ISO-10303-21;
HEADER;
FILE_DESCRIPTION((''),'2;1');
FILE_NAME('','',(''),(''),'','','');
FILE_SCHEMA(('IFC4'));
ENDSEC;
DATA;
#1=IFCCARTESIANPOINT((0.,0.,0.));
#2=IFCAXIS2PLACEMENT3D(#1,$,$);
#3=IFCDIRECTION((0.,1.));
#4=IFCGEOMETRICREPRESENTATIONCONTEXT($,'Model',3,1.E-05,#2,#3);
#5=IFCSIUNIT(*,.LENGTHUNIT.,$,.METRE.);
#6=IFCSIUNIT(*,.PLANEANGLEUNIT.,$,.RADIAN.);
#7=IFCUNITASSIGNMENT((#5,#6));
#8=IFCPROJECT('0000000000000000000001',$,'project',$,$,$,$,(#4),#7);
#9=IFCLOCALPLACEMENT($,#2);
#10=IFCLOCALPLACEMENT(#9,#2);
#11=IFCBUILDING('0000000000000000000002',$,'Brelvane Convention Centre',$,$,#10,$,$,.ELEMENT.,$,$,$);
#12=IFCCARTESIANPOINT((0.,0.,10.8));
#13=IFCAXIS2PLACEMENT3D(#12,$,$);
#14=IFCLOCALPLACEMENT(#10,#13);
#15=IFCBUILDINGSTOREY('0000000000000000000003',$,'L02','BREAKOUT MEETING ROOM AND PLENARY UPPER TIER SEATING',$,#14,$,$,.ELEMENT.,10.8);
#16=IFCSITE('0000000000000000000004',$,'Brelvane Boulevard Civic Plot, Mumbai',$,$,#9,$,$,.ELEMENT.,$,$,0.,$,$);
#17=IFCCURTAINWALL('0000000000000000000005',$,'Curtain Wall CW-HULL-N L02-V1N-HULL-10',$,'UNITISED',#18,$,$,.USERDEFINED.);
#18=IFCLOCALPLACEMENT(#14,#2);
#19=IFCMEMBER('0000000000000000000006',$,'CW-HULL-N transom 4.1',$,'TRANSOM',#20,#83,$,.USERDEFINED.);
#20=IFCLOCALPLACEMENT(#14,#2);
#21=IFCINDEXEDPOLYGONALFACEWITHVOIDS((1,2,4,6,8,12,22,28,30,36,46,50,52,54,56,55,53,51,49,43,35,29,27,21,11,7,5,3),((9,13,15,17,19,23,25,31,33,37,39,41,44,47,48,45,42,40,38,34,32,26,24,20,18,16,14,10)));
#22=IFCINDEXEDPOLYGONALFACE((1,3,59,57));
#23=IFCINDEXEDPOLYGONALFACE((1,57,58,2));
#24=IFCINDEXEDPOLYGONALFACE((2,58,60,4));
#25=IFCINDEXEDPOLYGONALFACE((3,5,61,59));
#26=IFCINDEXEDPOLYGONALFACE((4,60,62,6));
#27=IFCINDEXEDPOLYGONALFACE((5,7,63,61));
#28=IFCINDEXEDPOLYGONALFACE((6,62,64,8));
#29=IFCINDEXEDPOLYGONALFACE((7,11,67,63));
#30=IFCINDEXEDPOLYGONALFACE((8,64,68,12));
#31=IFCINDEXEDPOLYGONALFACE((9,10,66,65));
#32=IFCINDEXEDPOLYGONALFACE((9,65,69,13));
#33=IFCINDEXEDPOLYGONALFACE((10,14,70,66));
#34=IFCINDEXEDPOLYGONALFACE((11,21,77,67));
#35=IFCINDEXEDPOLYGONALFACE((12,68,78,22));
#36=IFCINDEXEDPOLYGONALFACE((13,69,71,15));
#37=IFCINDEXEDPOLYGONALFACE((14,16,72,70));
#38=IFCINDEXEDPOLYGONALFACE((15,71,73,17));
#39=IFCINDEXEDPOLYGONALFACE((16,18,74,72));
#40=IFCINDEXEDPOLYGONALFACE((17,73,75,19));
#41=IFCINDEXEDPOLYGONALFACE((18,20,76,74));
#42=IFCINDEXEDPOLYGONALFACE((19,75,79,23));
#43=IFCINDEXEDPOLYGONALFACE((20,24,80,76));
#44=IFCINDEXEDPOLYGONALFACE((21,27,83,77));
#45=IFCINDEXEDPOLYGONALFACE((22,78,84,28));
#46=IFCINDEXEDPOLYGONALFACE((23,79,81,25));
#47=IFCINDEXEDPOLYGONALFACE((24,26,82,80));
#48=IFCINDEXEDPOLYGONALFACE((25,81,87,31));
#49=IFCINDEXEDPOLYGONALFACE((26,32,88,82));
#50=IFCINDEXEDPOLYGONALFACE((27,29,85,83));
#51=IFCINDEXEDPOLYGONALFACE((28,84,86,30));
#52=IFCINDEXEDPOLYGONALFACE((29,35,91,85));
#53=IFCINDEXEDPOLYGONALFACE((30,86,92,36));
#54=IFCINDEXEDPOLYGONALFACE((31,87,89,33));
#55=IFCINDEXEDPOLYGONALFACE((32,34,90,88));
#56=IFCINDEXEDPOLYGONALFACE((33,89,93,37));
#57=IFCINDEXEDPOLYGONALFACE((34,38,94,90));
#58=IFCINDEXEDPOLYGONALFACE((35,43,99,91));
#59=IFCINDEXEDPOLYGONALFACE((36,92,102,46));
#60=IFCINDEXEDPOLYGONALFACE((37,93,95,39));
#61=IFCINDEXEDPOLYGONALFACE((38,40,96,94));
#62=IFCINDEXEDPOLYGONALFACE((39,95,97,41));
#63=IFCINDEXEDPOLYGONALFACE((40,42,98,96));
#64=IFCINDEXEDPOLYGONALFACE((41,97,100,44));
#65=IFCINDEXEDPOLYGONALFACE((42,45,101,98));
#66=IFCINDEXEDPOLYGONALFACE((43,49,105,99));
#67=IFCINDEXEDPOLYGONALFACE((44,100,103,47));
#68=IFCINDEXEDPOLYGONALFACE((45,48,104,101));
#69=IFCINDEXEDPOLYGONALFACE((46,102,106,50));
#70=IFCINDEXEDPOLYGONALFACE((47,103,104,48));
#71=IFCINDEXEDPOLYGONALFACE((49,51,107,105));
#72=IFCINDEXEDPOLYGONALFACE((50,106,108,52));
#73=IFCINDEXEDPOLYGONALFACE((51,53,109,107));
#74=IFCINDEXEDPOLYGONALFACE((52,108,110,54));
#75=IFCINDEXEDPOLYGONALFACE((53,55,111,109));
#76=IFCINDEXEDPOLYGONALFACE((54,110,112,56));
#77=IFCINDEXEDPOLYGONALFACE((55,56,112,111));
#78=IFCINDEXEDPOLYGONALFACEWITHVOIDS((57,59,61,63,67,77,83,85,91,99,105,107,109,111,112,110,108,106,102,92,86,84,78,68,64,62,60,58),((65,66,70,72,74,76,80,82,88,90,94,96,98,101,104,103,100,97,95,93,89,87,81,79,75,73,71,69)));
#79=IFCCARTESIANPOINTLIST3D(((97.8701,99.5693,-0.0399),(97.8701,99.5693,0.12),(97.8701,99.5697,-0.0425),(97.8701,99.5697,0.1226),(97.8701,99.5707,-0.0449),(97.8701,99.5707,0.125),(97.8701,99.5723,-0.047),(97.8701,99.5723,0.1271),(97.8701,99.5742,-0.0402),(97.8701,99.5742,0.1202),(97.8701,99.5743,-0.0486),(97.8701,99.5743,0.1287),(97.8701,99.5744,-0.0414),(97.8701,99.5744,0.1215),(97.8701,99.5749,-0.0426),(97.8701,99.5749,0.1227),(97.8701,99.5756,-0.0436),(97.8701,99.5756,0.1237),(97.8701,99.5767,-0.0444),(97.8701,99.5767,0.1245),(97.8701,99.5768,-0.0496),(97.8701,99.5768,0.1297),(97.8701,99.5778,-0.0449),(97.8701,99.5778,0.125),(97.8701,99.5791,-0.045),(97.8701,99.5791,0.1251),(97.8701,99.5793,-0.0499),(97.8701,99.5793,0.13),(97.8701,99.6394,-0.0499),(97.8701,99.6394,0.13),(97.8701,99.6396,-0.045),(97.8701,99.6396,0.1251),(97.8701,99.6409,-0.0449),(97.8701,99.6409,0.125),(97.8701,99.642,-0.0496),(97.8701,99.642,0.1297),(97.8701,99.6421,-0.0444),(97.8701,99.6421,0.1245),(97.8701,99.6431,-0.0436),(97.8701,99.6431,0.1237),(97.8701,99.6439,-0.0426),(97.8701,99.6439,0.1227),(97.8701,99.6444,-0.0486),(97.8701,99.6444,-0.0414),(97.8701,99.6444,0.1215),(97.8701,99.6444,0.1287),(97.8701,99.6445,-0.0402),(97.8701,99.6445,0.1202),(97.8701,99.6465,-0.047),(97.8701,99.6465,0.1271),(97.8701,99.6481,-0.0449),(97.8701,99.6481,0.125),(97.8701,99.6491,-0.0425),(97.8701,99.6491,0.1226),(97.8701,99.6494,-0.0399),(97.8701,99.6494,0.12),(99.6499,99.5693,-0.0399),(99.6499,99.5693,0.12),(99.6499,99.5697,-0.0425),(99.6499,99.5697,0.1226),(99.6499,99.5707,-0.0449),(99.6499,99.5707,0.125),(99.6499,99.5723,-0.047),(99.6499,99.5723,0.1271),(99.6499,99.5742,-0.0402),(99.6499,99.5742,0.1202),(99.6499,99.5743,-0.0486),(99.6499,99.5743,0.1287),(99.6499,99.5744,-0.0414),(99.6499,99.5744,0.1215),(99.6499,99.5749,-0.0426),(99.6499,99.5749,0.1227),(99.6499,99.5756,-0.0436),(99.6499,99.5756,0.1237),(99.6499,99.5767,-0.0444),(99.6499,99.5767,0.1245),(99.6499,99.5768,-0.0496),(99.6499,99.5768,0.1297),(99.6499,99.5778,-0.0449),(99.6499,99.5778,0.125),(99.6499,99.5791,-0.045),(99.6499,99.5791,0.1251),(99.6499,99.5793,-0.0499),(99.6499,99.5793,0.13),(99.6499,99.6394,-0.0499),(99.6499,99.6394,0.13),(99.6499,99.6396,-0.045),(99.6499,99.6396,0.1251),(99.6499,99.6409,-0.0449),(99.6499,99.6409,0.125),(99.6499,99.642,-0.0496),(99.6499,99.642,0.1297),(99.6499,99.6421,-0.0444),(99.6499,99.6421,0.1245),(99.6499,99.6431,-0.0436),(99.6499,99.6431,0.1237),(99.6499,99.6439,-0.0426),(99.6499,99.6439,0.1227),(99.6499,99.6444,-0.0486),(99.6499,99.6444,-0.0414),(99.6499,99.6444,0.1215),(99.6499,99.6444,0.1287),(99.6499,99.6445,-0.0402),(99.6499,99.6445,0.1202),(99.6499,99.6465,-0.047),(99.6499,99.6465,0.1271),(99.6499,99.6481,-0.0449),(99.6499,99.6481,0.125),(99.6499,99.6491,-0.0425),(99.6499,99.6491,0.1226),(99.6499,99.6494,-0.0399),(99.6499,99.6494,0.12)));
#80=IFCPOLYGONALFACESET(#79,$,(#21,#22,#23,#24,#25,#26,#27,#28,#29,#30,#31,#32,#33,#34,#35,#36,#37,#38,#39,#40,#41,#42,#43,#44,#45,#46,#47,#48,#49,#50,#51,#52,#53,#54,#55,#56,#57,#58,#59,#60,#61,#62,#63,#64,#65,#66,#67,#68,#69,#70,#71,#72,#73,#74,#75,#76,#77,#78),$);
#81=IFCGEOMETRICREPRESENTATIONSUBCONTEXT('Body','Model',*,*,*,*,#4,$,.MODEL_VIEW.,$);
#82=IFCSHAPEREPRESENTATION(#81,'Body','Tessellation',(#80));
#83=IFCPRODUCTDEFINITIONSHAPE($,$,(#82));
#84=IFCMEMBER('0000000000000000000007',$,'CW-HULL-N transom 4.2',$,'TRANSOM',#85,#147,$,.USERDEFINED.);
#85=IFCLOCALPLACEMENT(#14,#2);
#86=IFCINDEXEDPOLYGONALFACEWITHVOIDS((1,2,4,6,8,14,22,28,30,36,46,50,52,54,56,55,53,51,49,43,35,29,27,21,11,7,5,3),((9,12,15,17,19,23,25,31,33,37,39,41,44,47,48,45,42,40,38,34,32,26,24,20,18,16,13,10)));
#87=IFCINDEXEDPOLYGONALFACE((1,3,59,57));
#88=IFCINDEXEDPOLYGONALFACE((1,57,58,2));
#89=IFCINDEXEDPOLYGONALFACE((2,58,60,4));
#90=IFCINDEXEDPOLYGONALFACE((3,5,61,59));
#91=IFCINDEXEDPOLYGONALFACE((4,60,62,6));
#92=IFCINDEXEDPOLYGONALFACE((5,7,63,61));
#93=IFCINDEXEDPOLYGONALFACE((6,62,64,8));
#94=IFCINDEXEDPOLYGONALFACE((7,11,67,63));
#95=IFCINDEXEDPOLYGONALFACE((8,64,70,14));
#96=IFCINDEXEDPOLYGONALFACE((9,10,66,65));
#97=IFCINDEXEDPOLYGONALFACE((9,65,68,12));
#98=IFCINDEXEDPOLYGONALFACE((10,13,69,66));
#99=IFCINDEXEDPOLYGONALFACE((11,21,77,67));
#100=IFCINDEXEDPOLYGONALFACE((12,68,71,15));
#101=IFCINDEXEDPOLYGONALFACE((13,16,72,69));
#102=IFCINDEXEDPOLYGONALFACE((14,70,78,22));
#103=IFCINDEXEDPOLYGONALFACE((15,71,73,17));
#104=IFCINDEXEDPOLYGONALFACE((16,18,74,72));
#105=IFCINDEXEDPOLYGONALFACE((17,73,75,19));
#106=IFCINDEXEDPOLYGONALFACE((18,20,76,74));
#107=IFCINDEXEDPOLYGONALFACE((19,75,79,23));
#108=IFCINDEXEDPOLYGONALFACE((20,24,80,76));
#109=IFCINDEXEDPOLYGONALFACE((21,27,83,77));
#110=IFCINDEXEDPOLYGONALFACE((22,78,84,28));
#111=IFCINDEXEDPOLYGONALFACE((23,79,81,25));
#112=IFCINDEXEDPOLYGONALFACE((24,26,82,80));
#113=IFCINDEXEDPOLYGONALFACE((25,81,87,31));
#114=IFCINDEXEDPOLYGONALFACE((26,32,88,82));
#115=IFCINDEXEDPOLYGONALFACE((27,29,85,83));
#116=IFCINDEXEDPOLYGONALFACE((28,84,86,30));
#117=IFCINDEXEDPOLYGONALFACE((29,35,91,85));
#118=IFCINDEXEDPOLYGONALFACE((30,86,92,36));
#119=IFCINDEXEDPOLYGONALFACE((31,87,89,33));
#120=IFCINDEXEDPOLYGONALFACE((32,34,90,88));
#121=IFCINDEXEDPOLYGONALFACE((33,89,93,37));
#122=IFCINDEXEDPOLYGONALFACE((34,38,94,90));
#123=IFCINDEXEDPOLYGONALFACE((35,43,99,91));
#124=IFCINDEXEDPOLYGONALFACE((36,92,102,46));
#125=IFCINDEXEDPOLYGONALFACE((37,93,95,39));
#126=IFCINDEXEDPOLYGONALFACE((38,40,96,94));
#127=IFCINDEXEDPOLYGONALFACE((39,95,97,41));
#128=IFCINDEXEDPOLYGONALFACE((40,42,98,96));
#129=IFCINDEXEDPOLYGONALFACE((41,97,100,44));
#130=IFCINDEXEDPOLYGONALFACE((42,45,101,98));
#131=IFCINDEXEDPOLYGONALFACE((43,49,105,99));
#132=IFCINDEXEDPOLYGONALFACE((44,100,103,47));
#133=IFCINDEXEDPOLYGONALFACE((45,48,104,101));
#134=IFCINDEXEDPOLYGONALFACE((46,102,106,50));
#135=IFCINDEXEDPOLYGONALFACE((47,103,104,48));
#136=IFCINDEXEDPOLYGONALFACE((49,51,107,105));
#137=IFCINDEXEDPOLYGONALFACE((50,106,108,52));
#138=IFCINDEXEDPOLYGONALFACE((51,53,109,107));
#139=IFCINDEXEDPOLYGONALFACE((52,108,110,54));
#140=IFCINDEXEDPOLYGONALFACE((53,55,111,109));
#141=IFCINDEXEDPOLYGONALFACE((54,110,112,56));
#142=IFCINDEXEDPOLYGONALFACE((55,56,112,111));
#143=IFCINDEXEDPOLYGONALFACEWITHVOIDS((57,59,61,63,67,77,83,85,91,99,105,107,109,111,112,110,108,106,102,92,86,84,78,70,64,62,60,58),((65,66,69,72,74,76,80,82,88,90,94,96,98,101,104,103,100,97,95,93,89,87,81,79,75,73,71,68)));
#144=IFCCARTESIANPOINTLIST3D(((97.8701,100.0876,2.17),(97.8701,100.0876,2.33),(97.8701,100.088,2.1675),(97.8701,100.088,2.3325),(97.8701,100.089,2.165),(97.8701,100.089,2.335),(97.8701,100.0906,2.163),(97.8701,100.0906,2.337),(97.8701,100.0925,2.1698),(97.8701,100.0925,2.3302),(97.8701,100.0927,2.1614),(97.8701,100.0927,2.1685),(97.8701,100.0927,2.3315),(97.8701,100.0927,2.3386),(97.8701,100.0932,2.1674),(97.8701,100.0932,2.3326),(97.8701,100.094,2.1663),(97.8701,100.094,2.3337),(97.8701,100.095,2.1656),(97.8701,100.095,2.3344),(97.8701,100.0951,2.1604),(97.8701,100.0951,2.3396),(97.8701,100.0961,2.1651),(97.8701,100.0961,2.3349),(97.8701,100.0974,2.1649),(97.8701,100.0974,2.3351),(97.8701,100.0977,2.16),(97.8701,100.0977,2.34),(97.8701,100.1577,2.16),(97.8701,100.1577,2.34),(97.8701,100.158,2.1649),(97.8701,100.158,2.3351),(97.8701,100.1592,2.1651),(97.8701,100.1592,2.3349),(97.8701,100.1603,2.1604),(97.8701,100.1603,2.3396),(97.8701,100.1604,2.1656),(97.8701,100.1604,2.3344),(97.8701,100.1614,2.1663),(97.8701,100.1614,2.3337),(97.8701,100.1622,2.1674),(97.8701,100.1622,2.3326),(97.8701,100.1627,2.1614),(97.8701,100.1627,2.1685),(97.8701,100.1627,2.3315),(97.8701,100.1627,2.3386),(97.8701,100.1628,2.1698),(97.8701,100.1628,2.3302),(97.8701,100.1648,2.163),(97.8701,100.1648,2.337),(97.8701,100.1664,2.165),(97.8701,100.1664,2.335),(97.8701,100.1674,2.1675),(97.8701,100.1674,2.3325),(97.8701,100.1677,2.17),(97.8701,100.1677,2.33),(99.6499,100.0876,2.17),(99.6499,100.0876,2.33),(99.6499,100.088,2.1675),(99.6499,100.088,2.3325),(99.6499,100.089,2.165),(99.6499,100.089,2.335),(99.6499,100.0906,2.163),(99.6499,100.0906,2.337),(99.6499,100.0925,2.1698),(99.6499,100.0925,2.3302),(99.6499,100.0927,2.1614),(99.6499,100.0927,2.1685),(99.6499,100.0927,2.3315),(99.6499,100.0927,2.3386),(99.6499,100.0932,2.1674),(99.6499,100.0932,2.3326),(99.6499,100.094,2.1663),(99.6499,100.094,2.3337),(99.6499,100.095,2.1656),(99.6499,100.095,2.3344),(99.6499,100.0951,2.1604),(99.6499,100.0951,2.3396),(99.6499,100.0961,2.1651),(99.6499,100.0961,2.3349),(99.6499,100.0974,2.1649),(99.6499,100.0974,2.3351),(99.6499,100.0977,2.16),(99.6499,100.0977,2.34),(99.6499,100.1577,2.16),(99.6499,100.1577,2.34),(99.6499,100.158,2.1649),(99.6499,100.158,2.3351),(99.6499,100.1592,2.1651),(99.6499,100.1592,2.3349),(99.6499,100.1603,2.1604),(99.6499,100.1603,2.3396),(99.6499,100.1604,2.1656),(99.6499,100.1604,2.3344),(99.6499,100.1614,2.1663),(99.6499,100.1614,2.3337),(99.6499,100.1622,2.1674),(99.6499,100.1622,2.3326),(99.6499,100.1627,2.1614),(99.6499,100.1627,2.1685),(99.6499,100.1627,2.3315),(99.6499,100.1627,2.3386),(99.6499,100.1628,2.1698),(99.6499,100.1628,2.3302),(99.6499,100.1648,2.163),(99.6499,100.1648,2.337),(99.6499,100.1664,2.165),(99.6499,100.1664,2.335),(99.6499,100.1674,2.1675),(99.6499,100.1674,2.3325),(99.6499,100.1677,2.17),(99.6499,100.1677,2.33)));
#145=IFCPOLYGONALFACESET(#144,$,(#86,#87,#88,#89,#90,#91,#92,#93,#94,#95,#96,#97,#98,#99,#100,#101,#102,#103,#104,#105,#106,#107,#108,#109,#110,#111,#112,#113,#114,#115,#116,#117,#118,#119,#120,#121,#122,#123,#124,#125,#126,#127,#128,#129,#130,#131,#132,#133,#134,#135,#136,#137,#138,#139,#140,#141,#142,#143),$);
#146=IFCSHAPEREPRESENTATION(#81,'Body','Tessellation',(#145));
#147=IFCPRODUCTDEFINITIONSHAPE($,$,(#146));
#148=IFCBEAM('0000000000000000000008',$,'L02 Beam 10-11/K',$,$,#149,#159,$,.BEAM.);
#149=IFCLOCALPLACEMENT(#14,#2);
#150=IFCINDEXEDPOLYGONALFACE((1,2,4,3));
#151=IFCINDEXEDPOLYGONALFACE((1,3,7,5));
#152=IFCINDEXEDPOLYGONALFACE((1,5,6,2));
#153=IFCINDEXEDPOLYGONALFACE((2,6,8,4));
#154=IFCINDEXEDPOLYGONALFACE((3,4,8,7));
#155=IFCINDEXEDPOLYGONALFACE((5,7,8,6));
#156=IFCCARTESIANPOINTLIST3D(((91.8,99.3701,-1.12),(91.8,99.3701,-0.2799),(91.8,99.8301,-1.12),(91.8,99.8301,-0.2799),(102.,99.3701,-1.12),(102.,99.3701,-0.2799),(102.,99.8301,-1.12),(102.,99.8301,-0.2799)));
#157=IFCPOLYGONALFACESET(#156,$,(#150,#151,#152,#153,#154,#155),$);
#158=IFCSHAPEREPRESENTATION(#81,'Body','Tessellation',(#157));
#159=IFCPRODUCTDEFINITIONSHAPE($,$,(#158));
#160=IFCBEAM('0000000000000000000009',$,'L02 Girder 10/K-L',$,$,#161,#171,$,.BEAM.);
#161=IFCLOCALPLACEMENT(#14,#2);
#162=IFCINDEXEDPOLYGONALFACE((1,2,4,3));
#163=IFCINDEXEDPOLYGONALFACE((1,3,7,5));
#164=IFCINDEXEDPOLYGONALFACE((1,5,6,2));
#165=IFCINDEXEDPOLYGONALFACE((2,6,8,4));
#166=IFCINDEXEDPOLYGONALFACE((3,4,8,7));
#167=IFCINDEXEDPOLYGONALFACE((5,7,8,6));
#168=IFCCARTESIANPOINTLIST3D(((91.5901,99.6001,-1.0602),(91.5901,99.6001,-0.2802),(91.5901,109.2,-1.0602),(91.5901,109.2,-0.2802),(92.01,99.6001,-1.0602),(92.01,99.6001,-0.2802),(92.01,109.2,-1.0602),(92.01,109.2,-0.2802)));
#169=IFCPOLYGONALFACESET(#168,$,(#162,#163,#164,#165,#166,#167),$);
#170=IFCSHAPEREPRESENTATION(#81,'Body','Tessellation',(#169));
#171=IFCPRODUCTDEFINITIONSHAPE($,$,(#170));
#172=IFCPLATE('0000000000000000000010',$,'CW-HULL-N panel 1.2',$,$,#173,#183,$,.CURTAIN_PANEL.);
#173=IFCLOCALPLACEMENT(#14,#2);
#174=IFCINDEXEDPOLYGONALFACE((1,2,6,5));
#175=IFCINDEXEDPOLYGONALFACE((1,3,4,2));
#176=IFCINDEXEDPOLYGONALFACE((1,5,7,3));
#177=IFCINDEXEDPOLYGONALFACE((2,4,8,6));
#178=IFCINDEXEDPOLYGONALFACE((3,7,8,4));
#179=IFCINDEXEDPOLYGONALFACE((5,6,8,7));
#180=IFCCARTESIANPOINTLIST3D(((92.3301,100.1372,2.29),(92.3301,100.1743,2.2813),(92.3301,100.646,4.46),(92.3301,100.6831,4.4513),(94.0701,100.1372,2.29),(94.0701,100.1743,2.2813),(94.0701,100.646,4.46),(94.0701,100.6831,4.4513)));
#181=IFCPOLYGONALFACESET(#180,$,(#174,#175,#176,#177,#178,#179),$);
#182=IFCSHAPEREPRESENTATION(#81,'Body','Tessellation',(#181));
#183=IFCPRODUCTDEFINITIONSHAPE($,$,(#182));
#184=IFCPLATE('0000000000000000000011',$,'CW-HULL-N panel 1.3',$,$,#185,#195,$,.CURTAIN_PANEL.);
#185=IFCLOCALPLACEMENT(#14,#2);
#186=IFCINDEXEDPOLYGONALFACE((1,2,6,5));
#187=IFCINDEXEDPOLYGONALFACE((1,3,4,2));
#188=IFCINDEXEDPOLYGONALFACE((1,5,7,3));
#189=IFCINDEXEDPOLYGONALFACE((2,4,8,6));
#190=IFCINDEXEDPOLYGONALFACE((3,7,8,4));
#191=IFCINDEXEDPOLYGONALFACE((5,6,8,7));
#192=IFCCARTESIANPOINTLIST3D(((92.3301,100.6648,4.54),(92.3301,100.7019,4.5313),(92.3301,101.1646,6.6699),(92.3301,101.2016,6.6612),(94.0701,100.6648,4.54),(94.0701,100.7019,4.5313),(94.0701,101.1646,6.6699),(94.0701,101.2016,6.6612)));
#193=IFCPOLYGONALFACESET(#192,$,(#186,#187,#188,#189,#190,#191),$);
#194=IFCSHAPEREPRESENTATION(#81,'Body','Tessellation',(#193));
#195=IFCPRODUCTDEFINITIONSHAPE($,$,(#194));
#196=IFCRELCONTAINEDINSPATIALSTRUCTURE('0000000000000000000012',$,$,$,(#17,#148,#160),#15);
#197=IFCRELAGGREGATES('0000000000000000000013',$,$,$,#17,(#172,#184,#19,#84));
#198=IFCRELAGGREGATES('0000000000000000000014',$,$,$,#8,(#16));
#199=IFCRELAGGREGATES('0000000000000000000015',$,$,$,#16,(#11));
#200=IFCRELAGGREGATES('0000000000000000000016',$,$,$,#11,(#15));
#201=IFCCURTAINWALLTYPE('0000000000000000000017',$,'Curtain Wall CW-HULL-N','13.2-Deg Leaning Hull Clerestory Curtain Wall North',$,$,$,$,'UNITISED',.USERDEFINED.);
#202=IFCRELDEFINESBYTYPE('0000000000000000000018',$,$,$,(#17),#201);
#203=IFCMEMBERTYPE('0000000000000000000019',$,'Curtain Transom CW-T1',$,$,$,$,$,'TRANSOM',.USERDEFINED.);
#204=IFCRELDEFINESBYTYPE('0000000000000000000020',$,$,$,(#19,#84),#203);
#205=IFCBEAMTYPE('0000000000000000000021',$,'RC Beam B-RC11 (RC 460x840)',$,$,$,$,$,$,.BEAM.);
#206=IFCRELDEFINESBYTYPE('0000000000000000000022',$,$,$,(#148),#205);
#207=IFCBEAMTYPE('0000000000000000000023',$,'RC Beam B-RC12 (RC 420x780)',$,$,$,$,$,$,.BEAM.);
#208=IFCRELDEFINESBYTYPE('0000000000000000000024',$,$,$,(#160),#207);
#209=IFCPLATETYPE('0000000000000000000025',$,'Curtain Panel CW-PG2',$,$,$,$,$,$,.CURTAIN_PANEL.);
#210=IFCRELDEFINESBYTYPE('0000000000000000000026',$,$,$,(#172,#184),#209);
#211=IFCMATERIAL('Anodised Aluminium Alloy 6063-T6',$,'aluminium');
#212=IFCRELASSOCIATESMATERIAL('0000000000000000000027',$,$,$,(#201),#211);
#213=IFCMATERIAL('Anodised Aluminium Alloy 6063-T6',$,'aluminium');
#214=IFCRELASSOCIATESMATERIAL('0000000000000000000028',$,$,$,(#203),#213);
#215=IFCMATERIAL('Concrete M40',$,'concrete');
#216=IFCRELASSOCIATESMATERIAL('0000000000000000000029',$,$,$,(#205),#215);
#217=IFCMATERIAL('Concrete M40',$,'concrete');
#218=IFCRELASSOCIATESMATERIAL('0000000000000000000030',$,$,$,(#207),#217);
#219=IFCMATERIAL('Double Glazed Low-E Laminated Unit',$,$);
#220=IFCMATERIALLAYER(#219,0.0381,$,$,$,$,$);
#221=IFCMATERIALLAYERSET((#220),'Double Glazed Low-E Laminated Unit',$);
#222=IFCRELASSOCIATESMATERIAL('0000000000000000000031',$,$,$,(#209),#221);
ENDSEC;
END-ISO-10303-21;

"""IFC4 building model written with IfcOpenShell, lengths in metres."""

from ifc_helpers import new_model, si_unit, direction, frame, origin, origin_2d, place, context, subcontext, project, spatial, polyline, rectangle, hollow_rectangle, outline, extrude, material, layer, layer_set, material_profile, profile_set, type_object, element, aggregate, save


model = new_model("IFC4")

# Units and contexts
model_context = context("Model", 3, precision=1e-05, world=origin(), true_north=direction((0.0, 1.0)))
body_context = subcontext(model_context, "Body", "Model", "MODEL_VIEW")
ifc_project = project(units=[si_unit("LENGTHUNIT", "METRE"), si_unit("PLANEANGLEUNIT", "RADIAN")], contexts=[model_context])

# Site, building, storey
site_placement = place(None, origin())
site = spatial("IfcSite", under=ifc_project, at=site_placement, Name="Brelvane Boulevard Civic Plot, Mumbai", CompositionType="ELEMENT", RefElevation=0.0)
building_placement = place(site_placement, origin())
building = spatial("IfcBuilding", under=site, at=building_placement, Name="Brelvane Convention Centre", CompositionType="ELEMENT")
storey_placement = place(building_placement, frame((0.0, 0.0, 10.8)))
storey = spatial("IfcBuildingStorey", under=building, at=storey_placement, Name="L02", Description="BREAKOUT MEETING ROOM AND PLENARY UPPER TIER SEATING", CompositionType="ELEMENT", Elevation=10.8)

# Curtain wall, members
ifc_material_1 = material(Name="Anodised Aluminium Alloy 6063-T6", Category="aluminium")
curtain_wall_type = type_object("IfcCurtainWallType", Name="Curtain Wall CW-HULL-N", Description="13.2-Deg Leaning Hull Clerestory Curtain Wall North", ElementType="UNITISED", PredefinedType="USERDEFINED", material=ifc_material_1)
curtain_wall_placement = place(storey_placement, origin())
curtain_wall = element("IfcCurtainWall", 1, at=curtain_wall_placement, inside=storey, type_object=curtain_wall_type, Name="Curtain Wall CW-HULL-N L02-V1N-HULL-10", ObjectType="UNITISED", PredefinedType="USERDEFINED")
ifc_material_2 = material(Name="Anodised Aluminium Alloy 6063-T6", Category="aluminium")
ifc_material_profile_1 = material_profile(ifc_material_2, hollow_rectangle(XDim=0.0801, YDim=0.1799, WallThickness=0.0049, InnerFilletRadius=0.0049, OuterFilletRadius=0.01, at=origin_2d()), Name="ALU-T 180x80x5.0")
ifc_profile_set_1 = profile_set([ifc_material_profile_1], Name="Anodised Aluminium Alloy 6063-T6")
member_type_1 = type_object("IfcMemberType", Name="Curtain Transom CW-T1", ElementType="TRANSOM", PredefinedType="USERDEFINED", material=ifc_profile_set_1)
member_1_placement = place(storey_placement, frame((97.8701, 99.6094, 0.04), z_axis=(1.0, 0.0, 0.0), x_axis=(0.0, 1.0, 0.0)))
member_1 = element("IfcMember", 2, at=member_1_placement, type_object=member_type_1, Name="CW-HULL-N transom 4.1", ObjectType="TRANSOM", PredefinedType="USERDEFINED", context=body_context, shape_type="SweptSolid", body=[
    extrude(hollow_rectangle(XDim=0.0801, YDim=0.1799, WallThickness=0.0049, InnerFilletRadius=0.0049, OuterFilletRadius=0.01, at=origin_2d()), origin(), (0.0, 0.0, 1.0), 1.7798),
])
member_2_placement = place(storey_placement, frame((97.8701, 100.1277, 2.25), z_axis=(1.0, 0.0, 0.0), x_axis=(0.0, 1.0, 0.0)))
member_2 = element("IfcMember", 3, at=member_2_placement, type_object=member_type_1, Name="CW-HULL-N transom 4.2", ObjectType="TRANSOM", PredefinedType="USERDEFINED", context=body_context, shape_type="SweptSolid", body=[
    extrude(hollow_rectangle(XDim=0.0801, YDim=0.1799, WallThickness=0.0049, InnerFilletRadius=0.0049, OuterFilletRadius=0.01, at=origin_2d()), origin(), (0.0, 0.0, 1.0), 1.7798),
])

# Beams
ifc_material_3 = material(Name="Concrete M40", Category="concrete")
ifc_material_profile_2 = material_profile(ifc_material_3, rectangle(XDim=0.46, YDim=0.8401, at=origin_2d()), Name="RC 460x840")
ifc_profile_set_2 = profile_set([ifc_material_profile_2], Name="Concrete M40")
beam_type_1 = type_object("IfcBeamType", Name="RC Beam B-RC11 (RC 460x840)", PredefinedType="BEAM", material=ifc_profile_set_2)
beam_1_placement = place(storey_placement, frame((91.8, 99.6001, -0.7), z_axis=(1.0, 0.0, 0.0), x_axis=(0.0, 1.0, 0.0)))
element("IfcBeam", 4, at=beam_1_placement, inside=storey, type_object=beam_type_1, Name="L02 Beam 10-11/K", PredefinedType="BEAM", context=body_context, shape_type="SweptSolid", body=[
    extrude(rectangle(XDim=0.46, YDim=0.8401, at=origin_2d()), origin(), (0.0, 0.0, 1.0), 10.2),
])
ifc_material_4 = material(Name="Concrete M40", Category="concrete")
ifc_material_profile_3 = material_profile(ifc_material_4, rectangle(XDim=0.4199, YDim=0.78, at=origin_2d()), Name="RC 420x780")
ifc_profile_set_3 = profile_set([ifc_material_profile_3], Name="Concrete M40")
beam_type_2 = type_object("IfcBeamType", Name="RC Beam B-RC12 (RC 420x780)", PredefinedType="BEAM", material=ifc_profile_set_3)
beam_2_placement = place(storey_placement, frame((91.8, 99.6001, -0.6702), z_axis=(0.0, 1.0, 0.0), x_axis=(-1.0, 0.0, 0.0)))
element("IfcBeam", 5, at=beam_2_placement, inside=storey, type_object=beam_type_2, Name="L02 Girder 10/K-L", PredefinedType="BEAM", context=body_context, shape_type="SweptSolid", body=[
    extrude(rectangle(XDim=0.4199, YDim=0.78, at=origin_2d()), origin(), (0.0, 0.0, 1.0), 9.5999),
])

# Plates
ifc_material_5 = material(Name="Double Glazed Low-E Laminated Unit")
ifc_layer_1 = layer(ifc_material_5, 0.0381)
ifc_layer_set_1 = layer_set([ifc_layer_1], Name="Double Glazed Low-E Laminated Unit")
plate_type_1 = type_object("IfcPlateType", Name="Curtain Panel CW-PG2", PredefinedType="CURTAIN_PANEL", material=ifc_layer_set_1)
plate_1_placement = place(storey_placement, frame((92.3301, 100.1372, 2.29), z_axis=(0.0, -0.973595, 0.228282), x_axis=(1.0, 0.0, 0.0)))
plate_1 = element("IfcPlate", 6, at=plate_1_placement, type_object=plate_type_1, Name="CW-HULL-N panel 1.2", PredefinedType="CURTAIN_PANEL", context=body_context, shape_type="SweptSolid", body=[
    extrude(outline(polyline([(0.0, 0.0), (1.74, 0.0), (1.74, 2.2288), (0.0, 2.2288), (0.0, 0.0)])), origin(), (0.0, 0.0, -1.0), 0.0381),
])
plate_2_placement = place(storey_placement, frame((92.3301, 100.6648, 4.54), z_axis=(0.0, -0.973559, 0.228436), x_axis=(1.0, 0.0, 0.0)))
plate_2 = element("IfcPlate", 7, at=plate_2_placement, type_object=plate_type_1, Name="CW-HULL-N panel 1.3", PredefinedType="CURTAIN_PANEL", context=body_context, shape_type="SweptSolid", body=[
    extrude(outline(polyline([(0.0, 0.0), (1.74, 0.0), (1.74, 2.1877), (0.0, 2.1877), (0.0, 0.0)])), origin(), (0.0, 0.0, -1.0), 0.0381),
])
aggregate(curtain_wall, [plate_1, plate_2, member_1, member_2])

save(model, "model.ifc")
